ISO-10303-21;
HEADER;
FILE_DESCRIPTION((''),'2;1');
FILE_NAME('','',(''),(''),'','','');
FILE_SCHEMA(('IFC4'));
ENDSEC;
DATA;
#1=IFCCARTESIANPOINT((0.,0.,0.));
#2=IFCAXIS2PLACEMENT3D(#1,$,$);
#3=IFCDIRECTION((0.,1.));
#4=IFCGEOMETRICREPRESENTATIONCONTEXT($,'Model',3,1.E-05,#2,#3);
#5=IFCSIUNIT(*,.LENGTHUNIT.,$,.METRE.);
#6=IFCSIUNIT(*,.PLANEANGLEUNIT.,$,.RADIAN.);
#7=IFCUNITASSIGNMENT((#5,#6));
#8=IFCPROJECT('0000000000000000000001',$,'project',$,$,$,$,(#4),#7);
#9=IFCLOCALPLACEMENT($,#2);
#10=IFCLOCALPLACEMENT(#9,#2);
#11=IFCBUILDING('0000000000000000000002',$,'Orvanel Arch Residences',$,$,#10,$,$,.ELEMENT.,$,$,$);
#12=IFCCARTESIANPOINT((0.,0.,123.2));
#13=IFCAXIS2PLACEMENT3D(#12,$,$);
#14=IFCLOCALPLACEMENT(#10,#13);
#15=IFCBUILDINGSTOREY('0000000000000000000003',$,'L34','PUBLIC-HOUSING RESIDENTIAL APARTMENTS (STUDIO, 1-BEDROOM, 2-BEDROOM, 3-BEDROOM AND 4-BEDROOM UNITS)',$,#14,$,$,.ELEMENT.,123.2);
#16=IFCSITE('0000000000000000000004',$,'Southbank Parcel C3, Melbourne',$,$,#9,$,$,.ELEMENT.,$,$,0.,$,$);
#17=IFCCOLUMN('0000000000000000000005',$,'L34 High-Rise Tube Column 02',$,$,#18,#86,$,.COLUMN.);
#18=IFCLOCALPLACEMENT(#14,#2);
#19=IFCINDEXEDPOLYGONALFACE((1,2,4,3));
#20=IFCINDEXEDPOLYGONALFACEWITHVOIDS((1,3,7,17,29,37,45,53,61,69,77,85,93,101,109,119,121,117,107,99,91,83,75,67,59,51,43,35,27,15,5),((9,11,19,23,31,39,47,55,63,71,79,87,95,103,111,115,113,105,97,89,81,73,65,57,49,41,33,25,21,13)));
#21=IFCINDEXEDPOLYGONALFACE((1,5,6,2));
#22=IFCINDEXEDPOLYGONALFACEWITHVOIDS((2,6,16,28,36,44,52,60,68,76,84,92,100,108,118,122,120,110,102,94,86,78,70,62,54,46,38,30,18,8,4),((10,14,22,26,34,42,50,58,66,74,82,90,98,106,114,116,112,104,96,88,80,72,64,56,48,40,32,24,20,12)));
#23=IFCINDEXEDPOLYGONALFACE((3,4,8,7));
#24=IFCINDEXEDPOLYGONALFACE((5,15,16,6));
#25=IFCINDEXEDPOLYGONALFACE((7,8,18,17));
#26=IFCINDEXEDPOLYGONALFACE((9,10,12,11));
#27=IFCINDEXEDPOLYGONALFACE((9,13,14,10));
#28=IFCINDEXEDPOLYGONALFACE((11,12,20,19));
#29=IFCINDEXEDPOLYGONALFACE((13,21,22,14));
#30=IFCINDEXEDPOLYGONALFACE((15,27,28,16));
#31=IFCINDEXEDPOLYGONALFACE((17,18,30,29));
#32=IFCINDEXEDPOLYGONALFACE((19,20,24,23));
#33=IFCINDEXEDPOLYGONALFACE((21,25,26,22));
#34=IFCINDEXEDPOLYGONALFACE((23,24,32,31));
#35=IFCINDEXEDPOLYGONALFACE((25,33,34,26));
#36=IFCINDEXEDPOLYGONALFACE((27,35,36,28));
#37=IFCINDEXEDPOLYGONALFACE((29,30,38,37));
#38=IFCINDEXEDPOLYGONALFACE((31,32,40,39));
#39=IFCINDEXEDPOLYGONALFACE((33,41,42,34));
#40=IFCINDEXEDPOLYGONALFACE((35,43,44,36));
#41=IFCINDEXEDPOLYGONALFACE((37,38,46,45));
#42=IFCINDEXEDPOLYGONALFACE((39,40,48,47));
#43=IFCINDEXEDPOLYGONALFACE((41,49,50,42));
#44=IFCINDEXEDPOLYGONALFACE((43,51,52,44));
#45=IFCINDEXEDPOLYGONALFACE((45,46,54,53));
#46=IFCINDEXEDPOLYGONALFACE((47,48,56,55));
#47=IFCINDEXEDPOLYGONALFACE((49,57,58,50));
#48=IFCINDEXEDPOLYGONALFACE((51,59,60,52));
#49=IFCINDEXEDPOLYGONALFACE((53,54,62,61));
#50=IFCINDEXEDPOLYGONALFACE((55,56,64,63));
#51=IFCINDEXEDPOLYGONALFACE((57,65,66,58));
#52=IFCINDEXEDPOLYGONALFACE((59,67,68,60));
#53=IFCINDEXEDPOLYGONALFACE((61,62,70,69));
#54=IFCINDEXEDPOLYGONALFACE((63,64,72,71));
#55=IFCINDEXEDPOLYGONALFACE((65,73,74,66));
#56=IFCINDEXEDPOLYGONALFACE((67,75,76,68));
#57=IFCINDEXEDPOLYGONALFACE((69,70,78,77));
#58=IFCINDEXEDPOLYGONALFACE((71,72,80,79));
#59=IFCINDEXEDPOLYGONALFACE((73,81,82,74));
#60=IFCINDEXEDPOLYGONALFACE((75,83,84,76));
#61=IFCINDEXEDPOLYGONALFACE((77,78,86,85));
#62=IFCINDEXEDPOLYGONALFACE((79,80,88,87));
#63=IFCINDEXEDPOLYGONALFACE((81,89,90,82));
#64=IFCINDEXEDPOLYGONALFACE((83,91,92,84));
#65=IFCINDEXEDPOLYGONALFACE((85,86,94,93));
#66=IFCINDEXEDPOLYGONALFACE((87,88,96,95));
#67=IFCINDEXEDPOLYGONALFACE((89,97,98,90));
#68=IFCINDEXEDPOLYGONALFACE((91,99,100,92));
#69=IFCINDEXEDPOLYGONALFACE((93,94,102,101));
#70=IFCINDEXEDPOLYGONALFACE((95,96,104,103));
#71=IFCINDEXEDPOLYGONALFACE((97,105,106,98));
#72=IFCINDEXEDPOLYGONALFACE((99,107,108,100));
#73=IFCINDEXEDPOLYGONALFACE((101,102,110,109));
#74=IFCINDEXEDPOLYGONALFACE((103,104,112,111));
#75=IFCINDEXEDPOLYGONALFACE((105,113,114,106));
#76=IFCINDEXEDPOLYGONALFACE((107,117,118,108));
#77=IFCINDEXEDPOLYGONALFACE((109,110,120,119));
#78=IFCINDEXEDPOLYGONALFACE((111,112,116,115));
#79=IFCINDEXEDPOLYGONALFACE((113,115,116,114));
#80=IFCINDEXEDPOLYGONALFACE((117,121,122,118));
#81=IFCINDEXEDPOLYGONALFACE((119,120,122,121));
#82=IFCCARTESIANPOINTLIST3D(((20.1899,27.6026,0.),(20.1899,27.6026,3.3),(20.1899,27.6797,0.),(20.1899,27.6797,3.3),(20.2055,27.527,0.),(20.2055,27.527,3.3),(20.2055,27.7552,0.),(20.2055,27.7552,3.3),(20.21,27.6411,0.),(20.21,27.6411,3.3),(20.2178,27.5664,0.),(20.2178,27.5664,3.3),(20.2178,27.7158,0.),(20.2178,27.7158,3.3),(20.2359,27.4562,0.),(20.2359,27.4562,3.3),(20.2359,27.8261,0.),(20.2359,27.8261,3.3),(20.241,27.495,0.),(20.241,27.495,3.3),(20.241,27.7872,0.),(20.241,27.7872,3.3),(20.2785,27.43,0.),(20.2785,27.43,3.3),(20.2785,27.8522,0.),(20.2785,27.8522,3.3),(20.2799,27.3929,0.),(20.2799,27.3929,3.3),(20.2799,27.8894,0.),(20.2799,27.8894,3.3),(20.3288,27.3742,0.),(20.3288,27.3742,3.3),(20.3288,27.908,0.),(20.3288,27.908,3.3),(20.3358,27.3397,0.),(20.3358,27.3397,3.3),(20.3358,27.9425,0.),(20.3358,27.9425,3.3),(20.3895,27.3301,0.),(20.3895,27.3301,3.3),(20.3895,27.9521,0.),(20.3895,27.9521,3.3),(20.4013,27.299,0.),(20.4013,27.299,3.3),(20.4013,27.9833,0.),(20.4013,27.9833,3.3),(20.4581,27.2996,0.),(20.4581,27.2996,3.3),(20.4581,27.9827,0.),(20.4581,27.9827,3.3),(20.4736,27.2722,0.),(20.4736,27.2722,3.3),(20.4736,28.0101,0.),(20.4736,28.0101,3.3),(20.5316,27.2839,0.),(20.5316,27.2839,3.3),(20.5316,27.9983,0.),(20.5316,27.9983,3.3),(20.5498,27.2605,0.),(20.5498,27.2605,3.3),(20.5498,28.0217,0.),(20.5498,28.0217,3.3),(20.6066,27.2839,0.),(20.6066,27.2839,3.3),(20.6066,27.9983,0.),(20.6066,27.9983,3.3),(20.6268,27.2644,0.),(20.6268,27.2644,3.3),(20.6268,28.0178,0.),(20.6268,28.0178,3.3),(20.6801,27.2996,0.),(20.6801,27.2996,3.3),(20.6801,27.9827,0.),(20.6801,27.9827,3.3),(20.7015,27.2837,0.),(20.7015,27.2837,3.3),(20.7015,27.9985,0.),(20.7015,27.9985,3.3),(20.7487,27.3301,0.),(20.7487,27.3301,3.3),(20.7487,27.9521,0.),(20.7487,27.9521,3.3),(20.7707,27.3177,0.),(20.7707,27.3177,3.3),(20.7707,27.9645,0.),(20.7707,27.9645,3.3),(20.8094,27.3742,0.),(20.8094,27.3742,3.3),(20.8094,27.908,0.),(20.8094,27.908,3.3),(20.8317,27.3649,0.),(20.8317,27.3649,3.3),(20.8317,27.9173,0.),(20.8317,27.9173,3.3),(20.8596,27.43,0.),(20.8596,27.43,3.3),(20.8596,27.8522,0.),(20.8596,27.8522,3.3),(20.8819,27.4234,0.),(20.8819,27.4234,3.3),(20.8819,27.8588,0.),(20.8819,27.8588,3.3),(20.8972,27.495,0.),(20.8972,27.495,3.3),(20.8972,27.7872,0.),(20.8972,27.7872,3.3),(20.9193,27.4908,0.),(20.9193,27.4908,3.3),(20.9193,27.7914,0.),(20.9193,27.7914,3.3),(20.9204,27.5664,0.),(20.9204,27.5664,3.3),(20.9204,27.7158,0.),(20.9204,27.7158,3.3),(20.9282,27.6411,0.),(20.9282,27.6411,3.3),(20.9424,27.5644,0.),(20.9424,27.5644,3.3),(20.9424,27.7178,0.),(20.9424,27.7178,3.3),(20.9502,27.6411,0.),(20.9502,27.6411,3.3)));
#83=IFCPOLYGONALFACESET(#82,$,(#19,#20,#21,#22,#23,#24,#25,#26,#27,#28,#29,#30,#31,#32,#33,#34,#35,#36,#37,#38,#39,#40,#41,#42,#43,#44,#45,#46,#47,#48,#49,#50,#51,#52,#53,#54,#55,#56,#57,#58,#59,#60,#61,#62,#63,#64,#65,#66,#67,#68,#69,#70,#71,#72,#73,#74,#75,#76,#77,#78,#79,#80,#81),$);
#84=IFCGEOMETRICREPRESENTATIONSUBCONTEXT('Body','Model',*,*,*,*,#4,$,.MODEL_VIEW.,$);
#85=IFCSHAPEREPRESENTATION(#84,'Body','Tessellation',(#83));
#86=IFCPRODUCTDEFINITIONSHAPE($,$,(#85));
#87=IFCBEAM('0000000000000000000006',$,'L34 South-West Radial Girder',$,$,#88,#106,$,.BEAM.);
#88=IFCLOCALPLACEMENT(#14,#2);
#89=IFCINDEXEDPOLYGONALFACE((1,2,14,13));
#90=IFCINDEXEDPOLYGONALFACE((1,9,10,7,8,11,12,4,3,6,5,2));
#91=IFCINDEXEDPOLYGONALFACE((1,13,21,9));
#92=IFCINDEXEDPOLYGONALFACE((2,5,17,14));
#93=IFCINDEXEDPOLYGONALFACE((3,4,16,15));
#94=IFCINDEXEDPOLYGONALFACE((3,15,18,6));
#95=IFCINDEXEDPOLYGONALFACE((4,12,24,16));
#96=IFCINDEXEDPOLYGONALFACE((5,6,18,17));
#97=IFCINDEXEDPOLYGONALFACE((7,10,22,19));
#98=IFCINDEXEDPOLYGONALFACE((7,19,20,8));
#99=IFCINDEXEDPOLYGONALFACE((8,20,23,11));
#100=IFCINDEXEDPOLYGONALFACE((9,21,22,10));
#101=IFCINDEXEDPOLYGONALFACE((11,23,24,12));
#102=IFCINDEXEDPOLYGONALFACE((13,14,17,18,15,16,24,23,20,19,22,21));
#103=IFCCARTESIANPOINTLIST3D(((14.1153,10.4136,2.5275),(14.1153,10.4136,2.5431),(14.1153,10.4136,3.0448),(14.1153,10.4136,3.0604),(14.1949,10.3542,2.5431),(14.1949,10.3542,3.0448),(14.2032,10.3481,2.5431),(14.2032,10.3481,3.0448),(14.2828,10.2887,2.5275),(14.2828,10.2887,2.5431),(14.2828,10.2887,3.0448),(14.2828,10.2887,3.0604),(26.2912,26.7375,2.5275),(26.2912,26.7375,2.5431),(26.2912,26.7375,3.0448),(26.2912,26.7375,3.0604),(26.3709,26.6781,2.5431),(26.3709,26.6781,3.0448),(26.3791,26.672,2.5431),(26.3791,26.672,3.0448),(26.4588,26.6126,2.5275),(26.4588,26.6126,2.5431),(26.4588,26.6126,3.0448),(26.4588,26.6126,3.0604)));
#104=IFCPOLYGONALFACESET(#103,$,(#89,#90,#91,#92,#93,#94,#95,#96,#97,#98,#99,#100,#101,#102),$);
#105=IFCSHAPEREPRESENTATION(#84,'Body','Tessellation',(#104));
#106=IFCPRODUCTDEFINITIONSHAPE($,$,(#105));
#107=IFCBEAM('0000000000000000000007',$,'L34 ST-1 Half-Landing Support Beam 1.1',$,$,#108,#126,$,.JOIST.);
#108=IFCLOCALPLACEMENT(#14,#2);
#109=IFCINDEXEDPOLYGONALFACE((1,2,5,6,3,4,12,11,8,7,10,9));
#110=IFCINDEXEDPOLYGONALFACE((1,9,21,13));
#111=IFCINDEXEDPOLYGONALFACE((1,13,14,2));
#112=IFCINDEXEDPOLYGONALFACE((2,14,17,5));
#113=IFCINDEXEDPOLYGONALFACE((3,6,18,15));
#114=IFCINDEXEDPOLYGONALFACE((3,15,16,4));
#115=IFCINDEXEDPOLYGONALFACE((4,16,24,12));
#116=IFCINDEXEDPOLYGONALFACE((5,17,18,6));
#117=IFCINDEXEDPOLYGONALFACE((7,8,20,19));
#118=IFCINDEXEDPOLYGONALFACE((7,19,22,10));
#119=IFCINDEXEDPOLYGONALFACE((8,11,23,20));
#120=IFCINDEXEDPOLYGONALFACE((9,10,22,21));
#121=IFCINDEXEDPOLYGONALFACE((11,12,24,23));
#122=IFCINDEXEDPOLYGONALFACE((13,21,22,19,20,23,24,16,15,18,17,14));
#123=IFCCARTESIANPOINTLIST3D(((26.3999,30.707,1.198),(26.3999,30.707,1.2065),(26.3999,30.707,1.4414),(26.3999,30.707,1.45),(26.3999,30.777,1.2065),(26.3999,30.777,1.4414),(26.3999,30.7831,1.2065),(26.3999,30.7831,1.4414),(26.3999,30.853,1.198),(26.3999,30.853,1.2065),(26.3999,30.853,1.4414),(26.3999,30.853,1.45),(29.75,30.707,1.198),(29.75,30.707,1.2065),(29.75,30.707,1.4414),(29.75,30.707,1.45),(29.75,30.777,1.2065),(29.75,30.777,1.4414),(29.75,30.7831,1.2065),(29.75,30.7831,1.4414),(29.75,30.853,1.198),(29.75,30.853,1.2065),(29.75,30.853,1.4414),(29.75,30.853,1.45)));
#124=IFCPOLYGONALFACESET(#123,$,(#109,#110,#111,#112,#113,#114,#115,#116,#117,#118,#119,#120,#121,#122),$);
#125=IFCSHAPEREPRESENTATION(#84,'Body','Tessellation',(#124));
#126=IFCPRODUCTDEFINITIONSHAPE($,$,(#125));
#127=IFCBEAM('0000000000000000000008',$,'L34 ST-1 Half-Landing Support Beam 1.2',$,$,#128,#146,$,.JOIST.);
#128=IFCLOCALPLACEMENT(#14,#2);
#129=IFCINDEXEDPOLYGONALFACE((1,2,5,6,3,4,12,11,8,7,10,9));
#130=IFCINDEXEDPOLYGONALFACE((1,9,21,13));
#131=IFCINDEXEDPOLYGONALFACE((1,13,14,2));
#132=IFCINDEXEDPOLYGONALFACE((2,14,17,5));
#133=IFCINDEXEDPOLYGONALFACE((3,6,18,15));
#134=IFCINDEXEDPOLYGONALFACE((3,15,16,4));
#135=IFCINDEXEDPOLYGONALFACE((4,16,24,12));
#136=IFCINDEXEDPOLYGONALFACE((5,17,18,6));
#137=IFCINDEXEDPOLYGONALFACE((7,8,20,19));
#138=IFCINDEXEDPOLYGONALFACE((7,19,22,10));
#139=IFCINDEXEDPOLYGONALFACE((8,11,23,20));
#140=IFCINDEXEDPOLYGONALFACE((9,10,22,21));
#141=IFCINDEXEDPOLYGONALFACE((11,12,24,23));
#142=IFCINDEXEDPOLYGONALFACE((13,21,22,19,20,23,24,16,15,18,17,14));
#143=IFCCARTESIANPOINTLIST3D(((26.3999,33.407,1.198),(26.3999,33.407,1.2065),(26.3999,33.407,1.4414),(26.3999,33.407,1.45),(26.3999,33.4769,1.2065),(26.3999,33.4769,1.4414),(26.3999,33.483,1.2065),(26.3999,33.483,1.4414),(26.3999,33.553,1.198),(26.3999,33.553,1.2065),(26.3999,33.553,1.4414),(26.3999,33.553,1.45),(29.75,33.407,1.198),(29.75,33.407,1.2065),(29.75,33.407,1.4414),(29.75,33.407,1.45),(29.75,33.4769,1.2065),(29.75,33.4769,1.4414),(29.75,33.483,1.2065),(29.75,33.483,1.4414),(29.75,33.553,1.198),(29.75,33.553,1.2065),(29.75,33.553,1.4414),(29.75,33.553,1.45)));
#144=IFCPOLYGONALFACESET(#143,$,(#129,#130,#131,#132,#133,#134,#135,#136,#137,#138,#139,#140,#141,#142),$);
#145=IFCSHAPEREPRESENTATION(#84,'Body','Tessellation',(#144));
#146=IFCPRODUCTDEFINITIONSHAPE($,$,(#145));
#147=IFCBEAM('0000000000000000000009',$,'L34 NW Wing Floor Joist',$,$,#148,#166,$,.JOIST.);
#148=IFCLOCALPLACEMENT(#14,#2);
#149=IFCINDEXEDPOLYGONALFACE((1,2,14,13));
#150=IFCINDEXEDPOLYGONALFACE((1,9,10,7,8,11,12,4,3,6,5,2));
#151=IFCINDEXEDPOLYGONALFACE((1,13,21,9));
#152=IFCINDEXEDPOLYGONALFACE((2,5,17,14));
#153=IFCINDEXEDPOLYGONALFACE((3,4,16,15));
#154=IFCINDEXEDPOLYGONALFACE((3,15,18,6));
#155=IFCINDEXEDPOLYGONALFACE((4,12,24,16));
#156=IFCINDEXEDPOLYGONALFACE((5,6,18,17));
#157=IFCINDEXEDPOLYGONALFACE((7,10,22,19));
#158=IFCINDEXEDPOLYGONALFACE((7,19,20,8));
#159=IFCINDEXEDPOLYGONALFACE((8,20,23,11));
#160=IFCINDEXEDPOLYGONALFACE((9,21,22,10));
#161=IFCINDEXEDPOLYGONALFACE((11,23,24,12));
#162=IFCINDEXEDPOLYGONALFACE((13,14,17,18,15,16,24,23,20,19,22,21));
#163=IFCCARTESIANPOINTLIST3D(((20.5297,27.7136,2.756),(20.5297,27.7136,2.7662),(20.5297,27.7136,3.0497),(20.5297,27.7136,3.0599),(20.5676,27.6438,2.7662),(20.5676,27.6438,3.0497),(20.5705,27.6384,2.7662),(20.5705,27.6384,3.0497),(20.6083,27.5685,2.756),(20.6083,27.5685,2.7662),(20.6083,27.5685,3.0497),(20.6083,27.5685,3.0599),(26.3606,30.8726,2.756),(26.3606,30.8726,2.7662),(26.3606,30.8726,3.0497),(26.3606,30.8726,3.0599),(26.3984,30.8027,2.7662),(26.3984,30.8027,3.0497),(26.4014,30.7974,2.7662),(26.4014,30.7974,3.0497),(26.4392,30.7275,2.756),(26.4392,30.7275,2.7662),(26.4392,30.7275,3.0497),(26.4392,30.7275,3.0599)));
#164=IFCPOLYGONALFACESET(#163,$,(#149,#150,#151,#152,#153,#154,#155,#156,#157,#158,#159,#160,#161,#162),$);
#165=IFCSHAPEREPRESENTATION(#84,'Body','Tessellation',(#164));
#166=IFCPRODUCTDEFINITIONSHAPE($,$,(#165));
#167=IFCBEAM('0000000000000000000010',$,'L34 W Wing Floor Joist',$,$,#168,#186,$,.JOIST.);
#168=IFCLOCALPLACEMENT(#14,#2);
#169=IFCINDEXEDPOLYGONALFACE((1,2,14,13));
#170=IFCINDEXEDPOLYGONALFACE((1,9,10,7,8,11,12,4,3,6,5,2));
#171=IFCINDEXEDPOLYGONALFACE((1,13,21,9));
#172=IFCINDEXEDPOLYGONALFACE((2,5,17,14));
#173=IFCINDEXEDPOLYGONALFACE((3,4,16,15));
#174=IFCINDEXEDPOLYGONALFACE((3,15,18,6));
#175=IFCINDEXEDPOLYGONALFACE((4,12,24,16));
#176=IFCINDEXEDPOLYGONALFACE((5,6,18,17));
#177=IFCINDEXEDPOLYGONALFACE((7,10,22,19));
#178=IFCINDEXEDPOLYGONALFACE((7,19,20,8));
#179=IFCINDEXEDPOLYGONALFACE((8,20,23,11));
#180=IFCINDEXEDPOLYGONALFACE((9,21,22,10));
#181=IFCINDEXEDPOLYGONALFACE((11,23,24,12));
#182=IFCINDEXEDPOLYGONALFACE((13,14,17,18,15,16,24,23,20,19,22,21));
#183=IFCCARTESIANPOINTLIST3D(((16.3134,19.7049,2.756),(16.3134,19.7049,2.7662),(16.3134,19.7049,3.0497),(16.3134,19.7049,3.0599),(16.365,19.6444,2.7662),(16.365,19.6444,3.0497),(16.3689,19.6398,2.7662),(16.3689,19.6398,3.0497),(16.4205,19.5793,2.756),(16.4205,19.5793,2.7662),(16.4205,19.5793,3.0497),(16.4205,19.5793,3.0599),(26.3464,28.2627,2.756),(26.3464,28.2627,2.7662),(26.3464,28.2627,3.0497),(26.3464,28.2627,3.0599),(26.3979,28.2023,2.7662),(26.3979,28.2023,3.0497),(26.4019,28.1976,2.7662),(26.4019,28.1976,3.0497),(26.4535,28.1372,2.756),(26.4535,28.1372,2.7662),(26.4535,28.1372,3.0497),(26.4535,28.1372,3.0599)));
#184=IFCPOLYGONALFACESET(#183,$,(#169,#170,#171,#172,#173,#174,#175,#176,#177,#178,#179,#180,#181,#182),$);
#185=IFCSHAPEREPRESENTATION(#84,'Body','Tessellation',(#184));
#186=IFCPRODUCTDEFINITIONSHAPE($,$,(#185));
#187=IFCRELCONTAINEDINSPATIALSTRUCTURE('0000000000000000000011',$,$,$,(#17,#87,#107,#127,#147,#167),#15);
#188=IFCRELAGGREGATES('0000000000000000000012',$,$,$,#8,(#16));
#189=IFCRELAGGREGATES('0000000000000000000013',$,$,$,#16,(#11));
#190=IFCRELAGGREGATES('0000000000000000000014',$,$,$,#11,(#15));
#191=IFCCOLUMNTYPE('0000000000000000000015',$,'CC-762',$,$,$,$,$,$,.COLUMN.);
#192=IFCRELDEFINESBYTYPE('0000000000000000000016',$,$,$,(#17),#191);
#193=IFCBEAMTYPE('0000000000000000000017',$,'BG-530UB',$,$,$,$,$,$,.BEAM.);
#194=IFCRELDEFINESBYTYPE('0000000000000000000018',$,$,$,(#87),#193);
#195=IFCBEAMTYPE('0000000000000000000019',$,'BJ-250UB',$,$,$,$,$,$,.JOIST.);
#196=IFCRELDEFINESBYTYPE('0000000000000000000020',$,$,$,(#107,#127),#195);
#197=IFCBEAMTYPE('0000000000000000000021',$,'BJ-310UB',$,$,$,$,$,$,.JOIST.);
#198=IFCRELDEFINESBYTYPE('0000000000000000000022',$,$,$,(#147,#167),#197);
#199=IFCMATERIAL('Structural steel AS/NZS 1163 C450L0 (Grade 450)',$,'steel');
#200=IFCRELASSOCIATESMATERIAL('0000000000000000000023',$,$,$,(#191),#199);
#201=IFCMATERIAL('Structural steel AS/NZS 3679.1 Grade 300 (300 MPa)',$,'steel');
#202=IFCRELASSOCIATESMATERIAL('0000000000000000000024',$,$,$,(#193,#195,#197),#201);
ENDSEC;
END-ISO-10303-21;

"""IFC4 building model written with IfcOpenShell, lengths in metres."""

from ifc_helpers import new_model, si_unit, direction, frame, origin, origin_2d, place, context, subcontext, project, spatial, hollow_circle, i_section, extrude, material, material_profile, profile_set, type_object, element, save


model = new_model("IFC4")

# Units and contexts
model_context = context("Model", 3, precision=1e-05, world=origin(), true_north=direction((0.0, 1.0)))
body_context = subcontext(model_context, "Body", "Model", "MODEL_VIEW")
ifc_project = project(units=[si_unit("LENGTHUNIT", "METRE"), si_unit("PLANEANGLEUNIT", "RADIAN")], contexts=[model_context])

# Site, building, storey
site_placement = place(None, origin())
site = spatial("IfcSite", under=ifc_project, at=site_placement, Name="Southbank Parcel C3, Melbourne", CompositionType="ELEMENT", RefElevation=0.0)
building_placement = place(site_placement, origin())
building = spatial("IfcBuilding", under=site, at=building_placement, Name="Orvanel Arch Residences", CompositionType="ELEMENT")
storey_placement = place(building_placement, frame((0.0, 0.0, 123.2)))
storey = spatial("IfcBuildingStorey", under=building, at=storey_placement, Name="L34", Description="PUBLIC-HOUSING RESIDENTIAL APARTMENTS (STUDIO, 1-BEDROOM, 2-BEDROOM, 3-BEDROOM AND 4-BEDROOM UNITS)", CompositionType="ELEMENT", Elevation=123.2)

# Column
ifc_material_1 = material(Name="Structural steel AS/NZS 1163 C450L0 (Grade 450)", Category="steel")
ifc_material_profile_1 = material_profile(ifc_material_1, hollow_circle(Radius=0.3811, WallThickness=0.022, at=origin_2d()), Name="CHS762x22")
ifc_profile_set_1 = profile_set([ifc_material_profile_1], Name="Structural steel AS/NZS 1163 C450L0 (Grade 450)")
column_type = type_object("IfcColumnType", Name="CC-762", PredefinedType="COLUMN", material=ifc_profile_set_1)
column_placement = place(storey_placement, frame((20.5691, 27.6411, 0.0), z_axis=(0.0, 0.0, 1.0), x_axis=(1.0, 0.0, 0.0)))
element("IfcColumn", 1, at=column_placement, inside=storey, type_object=column_type, Name="L34 High-Rise Tube Column 02", PredefinedType="COLUMN", context=body_context, shape_type="SweptSolid", body=[
    extrude(hollow_circle(Radius=0.3811, WallThickness=0.022, at=origin_2d()), origin(), (0.0, 0.0, 1.0), 3.3),
])

# Beams
ifc_material_2 = material(Name="Structural steel AS/NZS 3679.1 Grade 300 (300 MPa)", Category="steel")
ifc_material_profile_2 = material_profile(ifc_material_2, i_section(OverallWidth=0.209, OverallDepth=0.533, WebThickness=0.0103, FlangeThickness=0.0156, at=origin_2d()), Name="530UB92.4")
ifc_profile_set_2 = profile_set([ifc_material_profile_2], Name="Structural steel AS/NZS 3679.1 Grade 300 (300 MPa)")
beam_type_1 = type_object("IfcBeamType", Name="BG-530UB", PredefinedType="BEAM", material=ifc_profile_set_2)
beam_1_placement = place(storey_placement, frame((26.375, 26.675, 2.7939), z_axis=(-0.597894, -0.801575, 0.0), x_axis=(0.801575, -0.597894, 0.0)))
element("IfcBeam", 2, at=beam_1_placement, inside=storey, type_object=beam_type_1, Name="L34 South-West Radial Girder", PredefinedType="BEAM", context=body_context, shape_type="SweptSolid", body=[
    extrude(i_section(OverallWidth=0.209, OverallDepth=0.533, WebThickness=0.0103, FlangeThickness=0.0156, at=origin_2d()), origin(), (0.0, 0.0, 1.0), 20.3647),
])
ifc_material_profile_3 = material_profile(ifc_material_2, i_section(OverallWidth=0.146, OverallDepth=0.252, WebThickness=0.0061, FlangeThickness=0.0085, at=origin_2d()), Name="250UB31.4")
ifc_profile_set_3 = profile_set([ifc_material_profile_3], Name="Structural steel AS/NZS 3679.1 Grade 300 (300 MPa)")
beam_type_2 = type_object("IfcBeamType", Name="BJ-250UB", PredefinedType="JOIST", material=ifc_profile_set_3)
for number, where, z_axis, x_axis, name in (
    (3, (26.3999, 30.78, 1.324), (1.0, 0.0, 0.0), (0.0, 1.0, 0.0), "L34 ST-1 Half-Landing Support Beam 1.1"),
    (4, (26.3999, 33.48, 1.324), (1.0, 0.0, 0.0), (0.0, 1.0, 0.0), "L34 ST-1 Half-Landing Support Beam 1.2"),
):
    element("IfcBeam", number, at=place(storey_placement, frame(where, z_axis=z_axis, x_axis=x_axis)), inside=storey, type_object=beam_type_2, Name=name, PredefinedType="JOIST", context=body_context, shape_type="SweptSolid", body=[
        extrude(i_section(OverallWidth=0.146, OverallDepth=0.252, WebThickness=0.0061, FlangeThickness=0.0085, at=origin_2d()), origin(), (0.0, 0.0, 1.0), 3.3501),
    ])
ifc_material_profile_4 = material_profile(ifc_material_2, i_section(OverallWidth=0.165, OverallDepth=0.304, WebThickness=0.0061, FlangeThickness=0.0103, at=origin_2d()), Name="310UB40.4")
ifc_profile_set_4 = profile_set([ifc_material_profile_4], Name="Structural steel AS/NZS 3679.1 Grade 300 (300 MPa)")
beam_type_3 = type_object("IfcBeamType", Name="BJ-310UB", PredefinedType="JOIST", material=ifc_profile_set_4)
beam_2_placement = place(storey_placement, frame((26.3999, 30.8, 2.908), z_axis=(-0.879255, -0.476351, 0.0), x_axis=(0.476351, -0.879255, 0.0)))
element("IfcBeam", 5, at=beam_2_placement, inside=storey, type_object=beam_type_3, Name="L34 NW Wing Floor Joist", PredefinedType="JOIST", context=body_context, shape_type="SweptSolid", body=[
    extrude(i_section(OverallWidth=0.165, OverallDepth=0.304, WebThickness=0.0061, FlangeThickness=0.0103, at=origin_2d()), origin(), (0.0, 0.0, 1.0), 6.6316),
])
beam_3_placement = place(storey_placement, frame((26.3999, 28.2, 2.908), z_axis=(-0.760821, -0.648961, 0.0), x_axis=(0.648961, -0.760821, 0.0)))
element("IfcBeam", 6, at=beam_3_placement, inside=storey, type_object=beam_type_3, Name="L34 W Wing Floor Joist", PredefinedType="JOIST", context=body_context, shape_type="SweptSolid", body=[
    extrude(i_section(OverallWidth=0.165, OverallDepth=0.304, WebThickness=0.0061, FlangeThickness=0.0103, at=origin_2d()), origin(), (0.0, 0.0, 1.0), 13.187),
])

save(model, "model.ifc")
